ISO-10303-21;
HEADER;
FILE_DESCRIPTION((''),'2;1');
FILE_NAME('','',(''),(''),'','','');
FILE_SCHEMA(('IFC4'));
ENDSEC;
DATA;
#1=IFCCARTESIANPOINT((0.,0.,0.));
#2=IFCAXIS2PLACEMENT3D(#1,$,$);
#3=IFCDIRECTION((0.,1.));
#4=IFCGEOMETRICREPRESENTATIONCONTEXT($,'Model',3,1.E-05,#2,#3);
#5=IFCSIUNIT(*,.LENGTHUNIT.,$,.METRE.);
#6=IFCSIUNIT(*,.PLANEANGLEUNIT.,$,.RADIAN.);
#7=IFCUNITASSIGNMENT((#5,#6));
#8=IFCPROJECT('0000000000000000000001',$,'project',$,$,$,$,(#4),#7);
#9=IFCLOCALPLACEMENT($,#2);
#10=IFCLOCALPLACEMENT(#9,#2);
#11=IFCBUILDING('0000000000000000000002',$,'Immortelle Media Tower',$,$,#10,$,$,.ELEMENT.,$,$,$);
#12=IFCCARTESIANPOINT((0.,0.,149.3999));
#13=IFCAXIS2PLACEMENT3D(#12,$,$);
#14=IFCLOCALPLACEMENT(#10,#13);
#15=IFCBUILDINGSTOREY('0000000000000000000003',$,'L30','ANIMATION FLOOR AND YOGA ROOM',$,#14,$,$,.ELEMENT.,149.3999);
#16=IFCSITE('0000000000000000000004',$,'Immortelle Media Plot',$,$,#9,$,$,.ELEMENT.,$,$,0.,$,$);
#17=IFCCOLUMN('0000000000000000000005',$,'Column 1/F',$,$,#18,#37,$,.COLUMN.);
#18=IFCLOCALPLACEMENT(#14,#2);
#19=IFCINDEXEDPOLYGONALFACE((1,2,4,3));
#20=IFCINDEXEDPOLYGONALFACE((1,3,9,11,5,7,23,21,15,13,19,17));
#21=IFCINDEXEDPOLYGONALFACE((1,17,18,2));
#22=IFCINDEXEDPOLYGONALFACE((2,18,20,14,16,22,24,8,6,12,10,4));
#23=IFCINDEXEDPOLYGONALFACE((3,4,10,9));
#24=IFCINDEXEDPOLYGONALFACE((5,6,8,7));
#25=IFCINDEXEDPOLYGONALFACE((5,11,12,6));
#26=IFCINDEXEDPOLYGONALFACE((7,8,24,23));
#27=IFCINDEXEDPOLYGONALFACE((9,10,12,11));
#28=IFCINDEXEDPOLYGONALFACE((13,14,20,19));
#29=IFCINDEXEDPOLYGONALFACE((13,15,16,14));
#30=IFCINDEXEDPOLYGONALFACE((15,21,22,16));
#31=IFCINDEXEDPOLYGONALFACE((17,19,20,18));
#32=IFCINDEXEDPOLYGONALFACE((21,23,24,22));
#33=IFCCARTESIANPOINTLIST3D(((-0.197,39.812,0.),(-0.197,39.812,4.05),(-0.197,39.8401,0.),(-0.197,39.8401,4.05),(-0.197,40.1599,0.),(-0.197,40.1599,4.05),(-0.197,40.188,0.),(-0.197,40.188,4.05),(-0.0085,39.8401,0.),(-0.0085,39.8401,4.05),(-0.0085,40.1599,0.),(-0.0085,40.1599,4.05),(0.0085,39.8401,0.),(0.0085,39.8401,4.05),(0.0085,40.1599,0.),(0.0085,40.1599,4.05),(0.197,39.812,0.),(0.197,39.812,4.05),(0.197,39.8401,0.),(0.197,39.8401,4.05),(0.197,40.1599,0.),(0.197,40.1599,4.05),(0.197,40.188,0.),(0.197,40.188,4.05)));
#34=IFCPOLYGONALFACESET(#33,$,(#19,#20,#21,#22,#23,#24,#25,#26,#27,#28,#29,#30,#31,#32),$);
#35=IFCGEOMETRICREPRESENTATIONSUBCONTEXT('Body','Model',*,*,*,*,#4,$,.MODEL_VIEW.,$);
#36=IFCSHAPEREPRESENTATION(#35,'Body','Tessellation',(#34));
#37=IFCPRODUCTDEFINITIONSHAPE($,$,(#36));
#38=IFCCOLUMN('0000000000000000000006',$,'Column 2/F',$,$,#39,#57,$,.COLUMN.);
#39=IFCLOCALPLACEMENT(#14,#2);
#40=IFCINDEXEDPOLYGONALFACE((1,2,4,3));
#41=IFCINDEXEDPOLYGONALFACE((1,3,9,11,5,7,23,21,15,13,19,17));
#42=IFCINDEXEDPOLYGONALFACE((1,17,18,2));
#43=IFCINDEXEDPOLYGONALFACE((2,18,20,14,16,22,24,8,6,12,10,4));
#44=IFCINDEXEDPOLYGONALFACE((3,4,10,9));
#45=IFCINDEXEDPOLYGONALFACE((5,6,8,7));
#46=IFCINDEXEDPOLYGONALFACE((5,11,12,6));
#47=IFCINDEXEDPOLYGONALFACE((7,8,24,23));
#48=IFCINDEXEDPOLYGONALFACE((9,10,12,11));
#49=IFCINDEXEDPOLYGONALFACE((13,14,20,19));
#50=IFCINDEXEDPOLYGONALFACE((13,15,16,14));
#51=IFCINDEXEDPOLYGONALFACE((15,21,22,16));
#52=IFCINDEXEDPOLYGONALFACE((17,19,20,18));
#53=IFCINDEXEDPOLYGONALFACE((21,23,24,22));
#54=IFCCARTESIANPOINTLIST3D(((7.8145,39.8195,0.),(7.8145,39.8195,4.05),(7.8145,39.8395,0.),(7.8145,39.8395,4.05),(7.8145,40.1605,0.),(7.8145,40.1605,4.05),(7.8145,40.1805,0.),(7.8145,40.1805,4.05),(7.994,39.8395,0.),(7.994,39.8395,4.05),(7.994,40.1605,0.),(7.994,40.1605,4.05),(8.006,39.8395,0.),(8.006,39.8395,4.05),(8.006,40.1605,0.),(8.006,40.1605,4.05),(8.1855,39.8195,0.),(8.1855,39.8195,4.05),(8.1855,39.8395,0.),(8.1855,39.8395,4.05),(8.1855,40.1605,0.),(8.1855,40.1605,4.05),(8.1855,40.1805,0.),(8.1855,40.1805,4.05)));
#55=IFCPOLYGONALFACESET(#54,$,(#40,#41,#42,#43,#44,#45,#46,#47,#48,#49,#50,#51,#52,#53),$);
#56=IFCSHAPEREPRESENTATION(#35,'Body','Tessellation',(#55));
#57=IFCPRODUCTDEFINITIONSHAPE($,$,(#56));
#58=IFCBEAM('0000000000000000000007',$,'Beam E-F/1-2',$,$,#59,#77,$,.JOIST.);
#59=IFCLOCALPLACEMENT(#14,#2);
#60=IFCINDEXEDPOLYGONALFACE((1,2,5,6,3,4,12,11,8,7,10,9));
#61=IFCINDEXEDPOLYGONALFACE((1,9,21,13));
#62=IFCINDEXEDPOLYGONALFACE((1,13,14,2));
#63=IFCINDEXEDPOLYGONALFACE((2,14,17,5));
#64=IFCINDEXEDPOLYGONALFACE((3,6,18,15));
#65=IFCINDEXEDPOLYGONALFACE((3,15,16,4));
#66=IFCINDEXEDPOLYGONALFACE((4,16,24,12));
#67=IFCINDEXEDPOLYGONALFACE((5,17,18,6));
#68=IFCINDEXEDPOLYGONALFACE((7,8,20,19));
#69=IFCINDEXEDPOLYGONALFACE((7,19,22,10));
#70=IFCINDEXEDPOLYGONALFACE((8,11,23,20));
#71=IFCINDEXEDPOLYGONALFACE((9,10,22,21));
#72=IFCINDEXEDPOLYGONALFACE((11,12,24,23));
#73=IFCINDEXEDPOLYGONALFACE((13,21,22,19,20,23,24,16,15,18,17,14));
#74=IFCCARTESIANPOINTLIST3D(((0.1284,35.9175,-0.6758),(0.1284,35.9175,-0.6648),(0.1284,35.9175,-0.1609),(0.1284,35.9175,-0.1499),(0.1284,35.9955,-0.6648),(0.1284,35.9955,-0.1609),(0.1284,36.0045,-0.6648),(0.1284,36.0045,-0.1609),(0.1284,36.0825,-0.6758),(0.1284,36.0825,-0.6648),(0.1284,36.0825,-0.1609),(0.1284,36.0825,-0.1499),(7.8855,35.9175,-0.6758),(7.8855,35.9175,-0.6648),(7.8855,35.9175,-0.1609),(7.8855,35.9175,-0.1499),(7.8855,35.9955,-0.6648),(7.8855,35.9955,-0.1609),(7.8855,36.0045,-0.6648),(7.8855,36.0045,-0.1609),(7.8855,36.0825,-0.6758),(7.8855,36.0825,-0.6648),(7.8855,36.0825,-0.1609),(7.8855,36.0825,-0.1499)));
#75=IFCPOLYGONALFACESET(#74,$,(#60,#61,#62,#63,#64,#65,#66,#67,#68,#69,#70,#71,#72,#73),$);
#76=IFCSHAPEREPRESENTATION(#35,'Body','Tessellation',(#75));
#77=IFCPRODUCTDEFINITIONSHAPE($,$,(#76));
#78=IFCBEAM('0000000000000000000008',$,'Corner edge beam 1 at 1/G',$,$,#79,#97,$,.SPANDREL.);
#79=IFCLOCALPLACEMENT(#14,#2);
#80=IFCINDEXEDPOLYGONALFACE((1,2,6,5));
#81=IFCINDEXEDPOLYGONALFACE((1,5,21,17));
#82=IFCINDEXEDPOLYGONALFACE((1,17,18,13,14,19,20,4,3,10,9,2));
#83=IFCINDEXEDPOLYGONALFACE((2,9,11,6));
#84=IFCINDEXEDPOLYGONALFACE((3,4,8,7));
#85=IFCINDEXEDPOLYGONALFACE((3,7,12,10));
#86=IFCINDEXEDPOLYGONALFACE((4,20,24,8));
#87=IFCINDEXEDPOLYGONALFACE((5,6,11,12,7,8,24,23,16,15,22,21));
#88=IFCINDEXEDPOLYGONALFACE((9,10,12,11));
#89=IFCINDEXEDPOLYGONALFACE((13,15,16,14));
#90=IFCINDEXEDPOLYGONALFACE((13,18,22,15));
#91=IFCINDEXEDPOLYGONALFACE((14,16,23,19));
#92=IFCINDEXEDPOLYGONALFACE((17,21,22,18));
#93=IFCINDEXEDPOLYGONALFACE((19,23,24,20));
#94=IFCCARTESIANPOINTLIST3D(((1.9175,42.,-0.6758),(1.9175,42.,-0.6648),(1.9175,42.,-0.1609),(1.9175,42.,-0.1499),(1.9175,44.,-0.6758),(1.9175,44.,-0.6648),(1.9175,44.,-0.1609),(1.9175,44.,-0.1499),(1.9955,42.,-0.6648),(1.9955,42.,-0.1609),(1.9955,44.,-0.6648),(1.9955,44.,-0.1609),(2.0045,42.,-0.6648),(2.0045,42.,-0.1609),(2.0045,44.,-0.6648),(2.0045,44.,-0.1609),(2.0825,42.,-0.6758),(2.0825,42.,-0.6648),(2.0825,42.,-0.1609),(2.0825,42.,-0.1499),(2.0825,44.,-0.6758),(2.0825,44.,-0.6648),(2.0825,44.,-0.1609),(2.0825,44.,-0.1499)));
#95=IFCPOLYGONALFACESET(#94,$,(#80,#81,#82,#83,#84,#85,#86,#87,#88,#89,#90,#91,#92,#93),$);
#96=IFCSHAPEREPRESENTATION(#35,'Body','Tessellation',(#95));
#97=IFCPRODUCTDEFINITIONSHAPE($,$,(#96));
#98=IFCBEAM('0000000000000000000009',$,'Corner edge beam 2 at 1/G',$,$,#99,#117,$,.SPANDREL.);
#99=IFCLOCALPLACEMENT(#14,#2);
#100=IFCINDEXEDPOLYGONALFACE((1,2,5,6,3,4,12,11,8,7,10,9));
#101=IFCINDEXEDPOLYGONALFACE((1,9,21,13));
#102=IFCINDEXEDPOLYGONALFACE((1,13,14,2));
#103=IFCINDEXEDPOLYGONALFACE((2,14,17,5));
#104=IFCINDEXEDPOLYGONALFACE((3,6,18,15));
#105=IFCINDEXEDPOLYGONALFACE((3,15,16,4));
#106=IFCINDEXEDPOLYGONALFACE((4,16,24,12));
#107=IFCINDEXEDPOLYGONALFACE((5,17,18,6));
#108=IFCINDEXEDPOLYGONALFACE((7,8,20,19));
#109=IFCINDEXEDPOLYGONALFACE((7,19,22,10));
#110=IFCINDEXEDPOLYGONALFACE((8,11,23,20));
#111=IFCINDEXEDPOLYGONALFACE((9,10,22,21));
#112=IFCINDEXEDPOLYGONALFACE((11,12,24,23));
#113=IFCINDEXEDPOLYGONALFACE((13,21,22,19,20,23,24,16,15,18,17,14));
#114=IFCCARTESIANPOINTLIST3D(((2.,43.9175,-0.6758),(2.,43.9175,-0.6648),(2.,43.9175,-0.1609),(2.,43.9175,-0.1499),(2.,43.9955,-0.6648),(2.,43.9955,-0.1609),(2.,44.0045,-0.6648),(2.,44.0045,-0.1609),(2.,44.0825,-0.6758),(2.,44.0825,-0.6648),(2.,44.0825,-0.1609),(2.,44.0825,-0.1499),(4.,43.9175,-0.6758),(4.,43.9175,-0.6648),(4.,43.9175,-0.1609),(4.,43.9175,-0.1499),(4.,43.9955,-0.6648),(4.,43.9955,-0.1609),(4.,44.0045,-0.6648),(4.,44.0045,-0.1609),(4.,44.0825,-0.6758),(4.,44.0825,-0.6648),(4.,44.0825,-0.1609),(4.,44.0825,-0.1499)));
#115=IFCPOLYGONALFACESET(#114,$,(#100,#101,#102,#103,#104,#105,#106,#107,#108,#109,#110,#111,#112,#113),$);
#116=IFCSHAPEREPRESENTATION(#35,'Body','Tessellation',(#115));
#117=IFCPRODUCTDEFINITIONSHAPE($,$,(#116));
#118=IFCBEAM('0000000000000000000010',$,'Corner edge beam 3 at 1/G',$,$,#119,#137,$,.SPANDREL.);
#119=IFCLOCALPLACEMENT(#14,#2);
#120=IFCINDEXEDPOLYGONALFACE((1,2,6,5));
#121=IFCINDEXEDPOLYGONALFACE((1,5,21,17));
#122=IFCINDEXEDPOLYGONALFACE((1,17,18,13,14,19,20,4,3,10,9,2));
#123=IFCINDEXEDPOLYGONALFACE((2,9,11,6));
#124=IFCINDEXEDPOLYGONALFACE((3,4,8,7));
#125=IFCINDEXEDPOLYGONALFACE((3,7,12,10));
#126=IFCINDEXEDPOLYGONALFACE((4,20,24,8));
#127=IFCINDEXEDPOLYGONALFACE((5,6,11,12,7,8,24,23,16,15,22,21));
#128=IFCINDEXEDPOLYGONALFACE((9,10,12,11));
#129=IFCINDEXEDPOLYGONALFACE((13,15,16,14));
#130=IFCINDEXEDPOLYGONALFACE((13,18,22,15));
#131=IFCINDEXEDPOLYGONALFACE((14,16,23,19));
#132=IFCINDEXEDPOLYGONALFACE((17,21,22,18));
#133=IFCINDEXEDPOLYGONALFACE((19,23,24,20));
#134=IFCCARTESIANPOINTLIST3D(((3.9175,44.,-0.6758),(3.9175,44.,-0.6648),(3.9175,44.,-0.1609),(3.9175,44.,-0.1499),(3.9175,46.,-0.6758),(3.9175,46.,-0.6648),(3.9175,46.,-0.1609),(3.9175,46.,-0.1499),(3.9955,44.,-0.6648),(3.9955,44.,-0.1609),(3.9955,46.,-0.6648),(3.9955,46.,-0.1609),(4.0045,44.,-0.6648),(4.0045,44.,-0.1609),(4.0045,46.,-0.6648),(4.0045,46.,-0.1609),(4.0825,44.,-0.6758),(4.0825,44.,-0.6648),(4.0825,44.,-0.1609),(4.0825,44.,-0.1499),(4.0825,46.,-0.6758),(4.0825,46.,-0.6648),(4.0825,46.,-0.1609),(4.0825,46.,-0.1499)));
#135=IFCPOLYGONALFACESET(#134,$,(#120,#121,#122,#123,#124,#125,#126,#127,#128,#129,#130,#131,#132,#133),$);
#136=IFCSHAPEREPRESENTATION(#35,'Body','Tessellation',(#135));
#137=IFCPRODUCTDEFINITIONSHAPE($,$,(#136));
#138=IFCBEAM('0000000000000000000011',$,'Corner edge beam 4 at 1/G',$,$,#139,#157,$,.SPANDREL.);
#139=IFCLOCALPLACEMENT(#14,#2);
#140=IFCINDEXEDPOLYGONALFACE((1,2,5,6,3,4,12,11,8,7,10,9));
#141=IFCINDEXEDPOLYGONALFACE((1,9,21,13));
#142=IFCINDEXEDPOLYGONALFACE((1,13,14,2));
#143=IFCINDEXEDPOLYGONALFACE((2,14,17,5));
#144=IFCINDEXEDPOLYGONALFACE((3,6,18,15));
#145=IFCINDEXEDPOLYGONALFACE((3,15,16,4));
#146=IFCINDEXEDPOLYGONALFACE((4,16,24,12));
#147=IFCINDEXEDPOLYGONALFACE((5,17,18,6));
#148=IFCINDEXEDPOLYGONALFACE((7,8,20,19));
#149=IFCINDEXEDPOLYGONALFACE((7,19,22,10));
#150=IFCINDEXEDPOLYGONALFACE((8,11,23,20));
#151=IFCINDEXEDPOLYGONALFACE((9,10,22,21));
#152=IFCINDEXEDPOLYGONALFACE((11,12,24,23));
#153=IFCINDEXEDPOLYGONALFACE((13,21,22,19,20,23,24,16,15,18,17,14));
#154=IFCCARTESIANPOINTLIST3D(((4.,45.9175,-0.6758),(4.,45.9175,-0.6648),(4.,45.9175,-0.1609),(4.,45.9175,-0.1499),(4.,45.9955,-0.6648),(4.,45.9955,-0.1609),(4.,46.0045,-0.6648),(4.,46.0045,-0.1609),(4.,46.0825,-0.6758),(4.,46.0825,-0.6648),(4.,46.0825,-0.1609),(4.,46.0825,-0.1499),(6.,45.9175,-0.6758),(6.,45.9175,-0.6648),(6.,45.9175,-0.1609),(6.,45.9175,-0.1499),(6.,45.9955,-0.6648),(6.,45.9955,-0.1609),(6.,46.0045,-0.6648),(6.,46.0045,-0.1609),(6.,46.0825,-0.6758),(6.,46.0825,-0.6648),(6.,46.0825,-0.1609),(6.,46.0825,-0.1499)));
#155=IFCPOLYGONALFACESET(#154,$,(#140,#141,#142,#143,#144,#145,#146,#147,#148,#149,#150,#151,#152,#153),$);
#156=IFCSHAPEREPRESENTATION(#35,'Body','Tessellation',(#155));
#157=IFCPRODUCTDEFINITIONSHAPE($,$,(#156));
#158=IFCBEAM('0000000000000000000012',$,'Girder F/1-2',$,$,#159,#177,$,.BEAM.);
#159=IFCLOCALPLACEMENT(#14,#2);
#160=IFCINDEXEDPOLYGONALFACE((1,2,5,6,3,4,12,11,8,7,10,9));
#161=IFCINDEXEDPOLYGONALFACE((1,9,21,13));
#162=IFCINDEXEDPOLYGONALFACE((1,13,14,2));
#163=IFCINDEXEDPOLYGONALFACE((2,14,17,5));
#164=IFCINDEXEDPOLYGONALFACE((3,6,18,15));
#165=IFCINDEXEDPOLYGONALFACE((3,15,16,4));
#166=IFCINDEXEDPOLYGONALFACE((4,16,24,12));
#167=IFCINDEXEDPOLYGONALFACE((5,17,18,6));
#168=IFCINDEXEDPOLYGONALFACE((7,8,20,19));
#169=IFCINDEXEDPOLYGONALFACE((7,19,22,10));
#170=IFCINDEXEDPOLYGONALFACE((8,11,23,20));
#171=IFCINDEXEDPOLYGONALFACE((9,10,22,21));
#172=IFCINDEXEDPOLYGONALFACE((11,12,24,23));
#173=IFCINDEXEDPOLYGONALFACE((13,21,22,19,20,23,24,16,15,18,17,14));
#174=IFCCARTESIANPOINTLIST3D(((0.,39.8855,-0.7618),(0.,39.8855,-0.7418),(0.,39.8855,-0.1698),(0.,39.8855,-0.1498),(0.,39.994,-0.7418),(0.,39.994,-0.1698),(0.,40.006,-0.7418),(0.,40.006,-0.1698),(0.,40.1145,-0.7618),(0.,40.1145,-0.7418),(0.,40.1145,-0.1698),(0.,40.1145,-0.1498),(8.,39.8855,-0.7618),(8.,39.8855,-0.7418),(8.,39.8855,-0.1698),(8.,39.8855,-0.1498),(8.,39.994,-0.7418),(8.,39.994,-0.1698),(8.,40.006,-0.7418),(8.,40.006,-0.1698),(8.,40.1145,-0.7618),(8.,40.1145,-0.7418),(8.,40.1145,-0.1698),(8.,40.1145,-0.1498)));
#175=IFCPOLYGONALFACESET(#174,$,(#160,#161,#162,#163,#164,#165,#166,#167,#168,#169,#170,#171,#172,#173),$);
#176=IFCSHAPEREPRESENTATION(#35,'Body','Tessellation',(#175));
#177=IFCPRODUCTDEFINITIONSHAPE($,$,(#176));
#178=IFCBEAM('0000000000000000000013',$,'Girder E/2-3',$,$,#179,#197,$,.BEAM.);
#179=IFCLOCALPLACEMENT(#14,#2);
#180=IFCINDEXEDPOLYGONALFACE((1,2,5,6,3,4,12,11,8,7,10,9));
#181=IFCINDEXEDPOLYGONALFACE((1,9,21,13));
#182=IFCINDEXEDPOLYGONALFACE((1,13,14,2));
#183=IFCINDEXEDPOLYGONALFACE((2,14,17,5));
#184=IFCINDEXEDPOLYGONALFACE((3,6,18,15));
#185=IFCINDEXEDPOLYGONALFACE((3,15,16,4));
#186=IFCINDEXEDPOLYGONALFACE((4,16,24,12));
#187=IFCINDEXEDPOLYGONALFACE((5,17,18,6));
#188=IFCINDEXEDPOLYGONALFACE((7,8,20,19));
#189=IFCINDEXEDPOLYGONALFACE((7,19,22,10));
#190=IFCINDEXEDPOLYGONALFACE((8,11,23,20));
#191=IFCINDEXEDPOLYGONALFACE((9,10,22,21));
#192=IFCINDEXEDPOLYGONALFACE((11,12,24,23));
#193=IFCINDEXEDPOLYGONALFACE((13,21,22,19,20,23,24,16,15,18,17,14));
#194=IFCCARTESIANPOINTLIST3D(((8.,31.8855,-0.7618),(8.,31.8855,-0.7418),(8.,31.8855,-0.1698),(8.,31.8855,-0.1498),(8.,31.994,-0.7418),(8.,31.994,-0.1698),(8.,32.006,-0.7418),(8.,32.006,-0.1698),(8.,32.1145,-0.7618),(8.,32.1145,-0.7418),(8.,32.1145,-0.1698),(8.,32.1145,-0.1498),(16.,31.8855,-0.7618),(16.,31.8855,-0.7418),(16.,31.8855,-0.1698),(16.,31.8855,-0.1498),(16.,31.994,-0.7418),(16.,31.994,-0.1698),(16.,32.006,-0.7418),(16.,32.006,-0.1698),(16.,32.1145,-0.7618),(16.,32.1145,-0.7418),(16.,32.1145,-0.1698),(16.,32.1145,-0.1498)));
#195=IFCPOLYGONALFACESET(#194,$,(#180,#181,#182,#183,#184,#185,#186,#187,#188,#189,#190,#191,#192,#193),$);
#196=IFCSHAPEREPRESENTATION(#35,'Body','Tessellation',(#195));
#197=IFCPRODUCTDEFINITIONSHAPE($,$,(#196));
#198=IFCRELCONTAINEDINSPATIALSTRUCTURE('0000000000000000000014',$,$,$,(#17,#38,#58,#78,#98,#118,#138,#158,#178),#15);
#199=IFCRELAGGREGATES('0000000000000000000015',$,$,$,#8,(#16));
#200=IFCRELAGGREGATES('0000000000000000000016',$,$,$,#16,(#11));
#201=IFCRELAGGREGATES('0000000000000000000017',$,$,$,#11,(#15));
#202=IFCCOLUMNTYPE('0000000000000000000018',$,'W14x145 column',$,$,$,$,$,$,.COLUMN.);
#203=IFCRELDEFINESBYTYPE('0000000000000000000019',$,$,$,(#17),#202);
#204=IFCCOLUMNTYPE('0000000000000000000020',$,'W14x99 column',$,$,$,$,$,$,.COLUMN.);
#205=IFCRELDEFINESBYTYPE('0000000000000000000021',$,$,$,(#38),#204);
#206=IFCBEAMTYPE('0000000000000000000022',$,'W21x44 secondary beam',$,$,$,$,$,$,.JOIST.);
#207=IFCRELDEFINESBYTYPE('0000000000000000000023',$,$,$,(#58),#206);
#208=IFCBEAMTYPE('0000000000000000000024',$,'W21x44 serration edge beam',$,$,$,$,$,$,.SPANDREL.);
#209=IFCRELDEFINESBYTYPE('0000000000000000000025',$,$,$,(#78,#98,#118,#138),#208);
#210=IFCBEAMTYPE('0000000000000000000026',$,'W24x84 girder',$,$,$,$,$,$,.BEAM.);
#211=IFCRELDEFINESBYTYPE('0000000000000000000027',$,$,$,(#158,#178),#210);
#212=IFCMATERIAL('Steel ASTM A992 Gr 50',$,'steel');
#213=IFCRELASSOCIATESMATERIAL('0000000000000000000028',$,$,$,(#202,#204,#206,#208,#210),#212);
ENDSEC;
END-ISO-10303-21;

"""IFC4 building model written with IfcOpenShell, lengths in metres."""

from ifc_helpers import new_model, si_unit, direction, frame, origin, origin_2d, place, context, subcontext, project, spatial, i_section, extrude, material, material_profile, profile_set, type_object, element, save


model = new_model("IFC4")

# Units and contexts
model_context = context("Model", 3, precision=1e-05, world=origin(), true_north=direction((0.0, 1.0)))
body_context = subcontext(model_context, "Body", "Model", "MODEL_VIEW")
ifc_project = project(units=[si_unit("LENGTHUNIT", "METRE"), si_unit("PLANEANGLEUNIT", "RADIAN")], contexts=[model_context])

# Site, building, storey
site_placement = place(None, origin())
site = spatial("IfcSite", under=ifc_project, at=site_placement, Name="Immortelle Media Plot", CompositionType="ELEMENT", RefElevation=0.0)
building_placement = place(site_placement, origin())
building = spatial("IfcBuilding", under=site, at=building_placement, Name="Immortelle Media Tower", CompositionType="ELEMENT")
storey_placement = place(building_placement, frame((0.0, 0.0, 149.3999)))
storey = spatial("IfcBuildingStorey", under=building, at=storey_placement, Name="L30", Description="ANIMATION FLOOR AND YOGA ROOM", CompositionType="ELEMENT", Elevation=149.3999)

# Columns
ifc_material_1 = material(Name="Steel ASTM A992 Gr 50", Category="steel")
ifc_material_profile_1 = material_profile(ifc_material_1, i_section(OverallWidth=0.394, OverallDepth=0.376, WebThickness=0.0171, FlangeThickness=0.0281, at=origin_2d()), Name="W14x145")
ifc_profile_set_1 = profile_set([ifc_material_profile_1], Name="Steel ASTM A992 Gr 50")
column_type_1 = type_object("IfcColumnType", Name="W14x145 column", PredefinedType="COLUMN", material=ifc_profile_set_1)
column_1_placement = place(storey_placement, frame((0.0, 40.0, 0.0), z_axis=(0.0, 0.0, 1.0), x_axis=(1.0, 0.0, 0.0)))
element("IfcColumn", 1, at=column_1_placement, inside=storey, type_object=column_type_1, Name="Column 1/F", PredefinedType="COLUMN", context=body_context, shape_type="SweptSolid", body=[
    extrude(i_section(OverallWidth=0.394, OverallDepth=0.376, WebThickness=0.0171, FlangeThickness=0.0281, at=origin_2d()), origin(), (0.0, 0.0, 1.0), 4.05),
])
ifc_material_profile_2 = material_profile(ifc_material_1, i_section(OverallWidth=0.3711, OverallDepth=0.3611, WebThickness=0.012, FlangeThickness=0.02, at=origin_2d()), Name="W14x99")
ifc_profile_set_2 = profile_set([ifc_material_profile_2], Name="Steel ASTM A992 Gr 50")
column_type_2 = type_object("IfcColumnType", Name="W14x99 column", PredefinedType="COLUMN", material=ifc_profile_set_2)
column_2_placement = place(storey_placement, frame((8.0, 40.0, 0.0), z_axis=(0.0, 0.0, 1.0), x_axis=(1.0, 0.0, 0.0)))
element("IfcColumn", 2, at=column_2_placement, inside=storey, type_object=column_type_2, Name="Column 2/F", PredefinedType="COLUMN", context=body_context, shape_type="SweptSolid", body=[
    extrude(i_section(OverallWidth=0.3711, OverallDepth=0.3611, WebThickness=0.012, FlangeThickness=0.02, at=origin_2d()), origin(), (0.0, 0.0, 1.0), 4.05),
])

# Beams
ifc_material_profile_3 = material_profile(ifc_material_1, i_section(OverallWidth=0.165, OverallDepth=0.5259, WebThickness=0.009, FlangeThickness=0.011, at=origin_2d()), Name="W21x44")
ifc_profile_set_3 = profile_set([ifc_material_profile_3], Name="Steel ASTM A992 Gr 50")
beam_type_1 = type_object("IfcBeamType", Name="W21x44 secondary beam", PredefinedType="JOIST", material=ifc_profile_set_3)
beam_1_placement = place(storey_placement, frame((0.1284, 36.0, -0.4128), z_axis=(1.0, 0.0, 0.0), x_axis=(0.0, 1.0, 0.0)))
element("IfcBeam", 3, at=beam_1_placement, inside=storey, type_object=beam_type_1, Name="Beam E-F/1-2", PredefinedType="JOIST", context=body_context, shape_type="SweptSolid", body=[
    extrude(i_section(OverallWidth=0.165, OverallDepth=0.5259, WebThickness=0.009, FlangeThickness=0.011, at=origin_2d()), origin(), (0.0, 0.0, 1.0), 7.7571),
])
ifc_material_profile_4 = material_profile(ifc_material_1, i_section(OverallWidth=0.165, OverallDepth=0.5259, WebThickness=0.009, FlangeThickness=0.011, at=origin_2d()), Name="W21x44")
ifc_profile_set_4 = profile_set([ifc_material_profile_4], Name="Steel ASTM A992 Gr 50")
beam_type_2 = type_object("IfcBeamType", Name="W21x44 serration edge beam", PredefinedType="SPANDREL", material=ifc_profile_set_4)
for number, where, z_axis, x_axis, name in (
    (4, (2.0, 42.0, -0.4128), (0.0, 1.0, 0.0), (-1.0, 0.0, 0.0), "Corner edge beam 1 at 1/G"),
    (5, (2.0, 44.0, -0.4128), (1.0, 0.0, 0.0), (0.0, 1.0, 0.0), "Corner edge beam 2 at 1/G"),
    (6, (4.0, 44.0, -0.4128), (0.0, 1.0, 0.0), (-1.0, 0.0, 0.0), "Corner edge beam 3 at 1/G"),
    (7, (4.0, 46.0, -0.4128), (1.0, 0.0, 0.0), (0.0, 1.0, 0.0), "Corner edge beam 4 at 1/G"),
):
    element("IfcBeam", number, at=place(storey_placement, frame(where, z_axis=z_axis, x_axis=x_axis)), inside=storey, type_object=beam_type_2, Name=name, PredefinedType="SPANDREL", context=body_context, shape_type="SweptSolid", body=[
        extrude(i_section(OverallWidth=0.165, OverallDepth=0.5259, WebThickness=0.009, FlangeThickness=0.011, at=origin_2d()), origin(), (0.0, 0.0, 1.0), 2.0),
    ])
ifc_material_profile_5 = material_profile(ifc_material_1, i_section(OverallWidth=0.229, OverallDepth=0.6121, WebThickness=0.012, FlangeThickness=0.02, at=origin_2d()), Name="W24x84")
ifc_profile_set_5 = profile_set([ifc_material_profile_5], Name="Steel ASTM A992 Gr 50")
beam_type_3 = type_object("IfcBeamType", Name="W24x84 girder", PredefinedType="BEAM", material=ifc_profile_set_5)
for number, where, z_axis, x_axis, name in (
    (8, (0.0, 40.0, -0.4558), (1.0, 0.0, 0.0), (0.0, 1.0, 0.0), "Girder F/1-2"),
    (9, (8.0, 32.0, -0.4558), (1.0, 0.0, 0.0), (0.0, 1.0, 0.0), "Girder E/2-3"),
):
    element("IfcBeam", number, at=place(storey_placement, frame(where, z_axis=z_axis, x_axis=x_axis)), inside=storey, type_object=beam_type_3, Name=name, PredefinedType="BEAM", context=body_context, shape_type="SweptSolid", body=[
        extrude(i_section(OverallWidth=0.229, OverallDepth=0.6121, WebThickness=0.012, FlangeThickness=0.02, at=origin_2d()), origin(), (0.0, 0.0, 1.0), 8.0),
    ])

save(model, "model.ifc")
